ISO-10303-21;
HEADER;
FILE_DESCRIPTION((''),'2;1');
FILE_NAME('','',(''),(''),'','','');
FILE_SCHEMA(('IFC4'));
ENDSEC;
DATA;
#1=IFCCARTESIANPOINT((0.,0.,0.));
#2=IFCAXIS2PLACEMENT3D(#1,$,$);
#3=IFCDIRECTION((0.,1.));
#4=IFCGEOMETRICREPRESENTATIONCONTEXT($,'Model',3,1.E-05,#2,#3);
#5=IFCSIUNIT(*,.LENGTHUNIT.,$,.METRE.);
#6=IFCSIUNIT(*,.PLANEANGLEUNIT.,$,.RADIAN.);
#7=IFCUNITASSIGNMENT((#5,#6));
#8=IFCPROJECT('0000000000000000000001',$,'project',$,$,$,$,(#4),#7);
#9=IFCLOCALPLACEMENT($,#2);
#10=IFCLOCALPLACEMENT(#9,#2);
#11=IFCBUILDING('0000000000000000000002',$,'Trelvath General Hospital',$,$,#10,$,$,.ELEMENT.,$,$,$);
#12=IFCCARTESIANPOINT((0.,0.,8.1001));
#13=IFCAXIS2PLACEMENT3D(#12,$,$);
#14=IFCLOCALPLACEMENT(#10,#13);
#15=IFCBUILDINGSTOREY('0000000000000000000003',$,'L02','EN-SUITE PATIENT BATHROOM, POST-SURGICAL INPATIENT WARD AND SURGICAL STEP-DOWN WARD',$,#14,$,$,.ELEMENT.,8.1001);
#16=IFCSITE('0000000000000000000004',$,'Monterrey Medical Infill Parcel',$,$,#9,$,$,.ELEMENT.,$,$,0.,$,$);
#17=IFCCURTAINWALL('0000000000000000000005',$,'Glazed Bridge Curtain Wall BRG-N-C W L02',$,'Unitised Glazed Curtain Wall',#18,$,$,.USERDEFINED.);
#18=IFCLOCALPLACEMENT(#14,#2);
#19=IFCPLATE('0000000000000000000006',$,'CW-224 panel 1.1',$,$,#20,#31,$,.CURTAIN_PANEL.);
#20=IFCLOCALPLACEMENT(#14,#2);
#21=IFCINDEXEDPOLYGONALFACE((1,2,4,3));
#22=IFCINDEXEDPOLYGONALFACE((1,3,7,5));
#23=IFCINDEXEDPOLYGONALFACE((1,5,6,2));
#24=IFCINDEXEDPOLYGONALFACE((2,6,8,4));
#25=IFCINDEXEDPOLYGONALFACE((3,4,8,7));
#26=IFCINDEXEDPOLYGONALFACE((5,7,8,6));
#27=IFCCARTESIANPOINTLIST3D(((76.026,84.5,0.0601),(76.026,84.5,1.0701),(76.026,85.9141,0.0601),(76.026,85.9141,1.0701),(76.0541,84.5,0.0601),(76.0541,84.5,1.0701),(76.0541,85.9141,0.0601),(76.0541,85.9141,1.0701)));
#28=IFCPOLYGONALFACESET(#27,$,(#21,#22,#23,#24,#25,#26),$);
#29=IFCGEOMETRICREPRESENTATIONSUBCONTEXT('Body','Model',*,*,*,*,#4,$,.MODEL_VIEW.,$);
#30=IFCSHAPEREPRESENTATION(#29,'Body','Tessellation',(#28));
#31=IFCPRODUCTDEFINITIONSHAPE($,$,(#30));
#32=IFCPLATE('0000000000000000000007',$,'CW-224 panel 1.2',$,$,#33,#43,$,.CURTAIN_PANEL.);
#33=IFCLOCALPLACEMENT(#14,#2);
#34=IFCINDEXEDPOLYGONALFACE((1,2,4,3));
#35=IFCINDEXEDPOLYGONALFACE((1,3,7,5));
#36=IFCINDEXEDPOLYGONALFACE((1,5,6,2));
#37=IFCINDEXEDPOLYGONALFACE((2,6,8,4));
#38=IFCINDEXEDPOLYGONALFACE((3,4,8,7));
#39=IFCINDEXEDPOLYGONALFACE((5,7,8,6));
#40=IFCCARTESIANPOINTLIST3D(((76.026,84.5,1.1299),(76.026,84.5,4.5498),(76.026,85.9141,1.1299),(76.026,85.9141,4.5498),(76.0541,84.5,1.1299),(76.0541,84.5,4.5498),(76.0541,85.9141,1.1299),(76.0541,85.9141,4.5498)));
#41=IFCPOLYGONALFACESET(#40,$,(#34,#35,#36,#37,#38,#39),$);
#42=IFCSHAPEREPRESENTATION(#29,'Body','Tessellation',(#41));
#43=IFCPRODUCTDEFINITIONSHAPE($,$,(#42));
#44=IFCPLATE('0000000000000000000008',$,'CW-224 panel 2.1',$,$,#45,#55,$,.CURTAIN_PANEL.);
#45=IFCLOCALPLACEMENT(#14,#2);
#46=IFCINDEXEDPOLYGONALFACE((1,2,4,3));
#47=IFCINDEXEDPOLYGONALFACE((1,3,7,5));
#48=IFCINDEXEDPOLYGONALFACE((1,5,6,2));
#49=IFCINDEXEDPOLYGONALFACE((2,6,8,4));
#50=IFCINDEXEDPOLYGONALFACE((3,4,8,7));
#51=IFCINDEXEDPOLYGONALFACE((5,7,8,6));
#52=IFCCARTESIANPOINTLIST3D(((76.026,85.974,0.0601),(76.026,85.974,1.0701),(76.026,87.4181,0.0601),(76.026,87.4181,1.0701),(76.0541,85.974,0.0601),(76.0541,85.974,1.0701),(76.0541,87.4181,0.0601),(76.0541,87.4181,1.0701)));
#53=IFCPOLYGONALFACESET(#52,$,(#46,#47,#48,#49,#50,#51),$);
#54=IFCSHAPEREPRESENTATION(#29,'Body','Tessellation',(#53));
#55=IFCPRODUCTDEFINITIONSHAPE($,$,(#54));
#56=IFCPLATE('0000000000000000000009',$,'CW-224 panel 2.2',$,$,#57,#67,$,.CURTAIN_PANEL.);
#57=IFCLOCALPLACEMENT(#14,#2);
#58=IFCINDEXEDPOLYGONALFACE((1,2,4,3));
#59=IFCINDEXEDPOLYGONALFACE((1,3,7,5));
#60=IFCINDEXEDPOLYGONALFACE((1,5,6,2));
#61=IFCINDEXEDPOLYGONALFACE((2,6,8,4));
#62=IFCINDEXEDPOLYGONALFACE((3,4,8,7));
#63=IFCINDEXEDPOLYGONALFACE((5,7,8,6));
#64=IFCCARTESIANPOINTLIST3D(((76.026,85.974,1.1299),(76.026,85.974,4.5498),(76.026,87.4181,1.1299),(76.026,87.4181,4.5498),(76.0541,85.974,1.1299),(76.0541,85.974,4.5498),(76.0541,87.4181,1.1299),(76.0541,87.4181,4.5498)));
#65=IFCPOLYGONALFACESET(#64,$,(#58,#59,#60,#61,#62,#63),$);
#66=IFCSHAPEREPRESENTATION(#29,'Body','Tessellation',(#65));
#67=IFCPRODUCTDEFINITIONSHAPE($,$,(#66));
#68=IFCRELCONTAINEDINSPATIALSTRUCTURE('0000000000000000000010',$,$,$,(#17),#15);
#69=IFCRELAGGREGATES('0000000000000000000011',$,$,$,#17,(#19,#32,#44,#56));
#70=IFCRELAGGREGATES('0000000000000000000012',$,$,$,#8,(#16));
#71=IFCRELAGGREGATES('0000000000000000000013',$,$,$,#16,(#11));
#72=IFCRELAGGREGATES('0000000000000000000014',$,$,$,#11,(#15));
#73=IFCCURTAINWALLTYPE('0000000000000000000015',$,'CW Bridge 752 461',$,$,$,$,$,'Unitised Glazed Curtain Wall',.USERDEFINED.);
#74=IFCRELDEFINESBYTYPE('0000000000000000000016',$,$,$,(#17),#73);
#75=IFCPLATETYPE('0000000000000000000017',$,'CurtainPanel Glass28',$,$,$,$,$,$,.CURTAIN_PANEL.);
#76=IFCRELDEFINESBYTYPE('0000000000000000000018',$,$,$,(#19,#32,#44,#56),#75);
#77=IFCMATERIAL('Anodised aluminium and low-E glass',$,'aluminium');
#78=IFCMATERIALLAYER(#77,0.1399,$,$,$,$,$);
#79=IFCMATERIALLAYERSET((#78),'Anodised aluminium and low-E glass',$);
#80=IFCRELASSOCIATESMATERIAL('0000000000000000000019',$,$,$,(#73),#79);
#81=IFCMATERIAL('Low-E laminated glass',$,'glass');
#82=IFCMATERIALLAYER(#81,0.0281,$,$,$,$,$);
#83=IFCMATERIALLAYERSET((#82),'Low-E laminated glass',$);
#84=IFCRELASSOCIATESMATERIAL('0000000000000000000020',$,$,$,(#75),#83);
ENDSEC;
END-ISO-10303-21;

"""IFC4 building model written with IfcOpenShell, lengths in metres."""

from ifc_helpers import new_model, si_unit, direction, frame, origin, origin_2d, place, context, subcontext, project, spatial, rectangle, extrude, material, layer, layer_set, type_object, element, aggregate, save


model = new_model("IFC4")

# Units and contexts
model_context = context("Model", 3, precision=1e-05, world=origin(), true_north=direction((0.0, 1.0)))
body_context = subcontext(model_context, "Body", "Model", "MODEL_VIEW")
ifc_project = project(units=[si_unit("LENGTHUNIT", "METRE"), si_unit("PLANEANGLEUNIT", "RADIAN")], contexts=[model_context])

# Site, building, storey
site_placement = place(None, origin())
site = spatial("IfcSite", under=ifc_project, at=site_placement, Name="Monterrey Medical Infill Parcel", CompositionType="ELEMENT", RefElevation=0.0)
building_placement = place(site_placement, origin())
building = spatial("IfcBuilding", under=site, at=building_placement, Name="Trelvath General Hospital", CompositionType="ELEMENT")
storey_placement = place(building_placement, frame((0.0, 0.0, 8.1001)))
storey = spatial("IfcBuildingStorey", under=building, at=storey_placement, Name="L02", Description="EN-SUITE PATIENT BATHROOM, POST-SURGICAL INPATIENT WARD AND SURGICAL STEP-DOWN WARD", CompositionType="ELEMENT", Elevation=8.1001)

# Shared definitions
ifc_material_1 = material(Name="Anodised aluminium and low-E glass", Category="aluminium")
ifc_layer_1 = layer(ifc_material_1, 0.1399)
ifc_layer_set_1 = layer_set([ifc_layer_1], Name="Anodised aluminium and low-E glass")
curtain_wall_type = type_object("IfcCurtainWallType", Name="CW Bridge 752 461", ElementType="Unitised Glazed Curtain Wall", PredefinedType="USERDEFINED", material=ifc_layer_set_1)

# Curtain wall
curtain_wall_1_placement = place(storey_placement, origin())
curtain_wall_1 = element("IfcCurtainWall", 1, at=curtain_wall_1_placement, inside=storey, type_object=curtain_wall_type, Name="Glazed Bridge Curtain Wall BRG-N-C W L02", ObjectType="Unitised Glazed Curtain Wall", PredefinedType="USERDEFINED")

# Plates
ifc_material_2 = material(Name="Low-E laminated glass", Category="glass")
ifc_layer_2 = layer(ifc_material_2, 0.0281)
ifc_layer_set_2 = layer_set([ifc_layer_2], Name="Low-E laminated glass")
plate_type = type_object("IfcPlateType", Name="CurtainPanel Glass28", PredefinedType="CURTAIN_PANEL", material=ifc_layer_set_2)
plate_1_placement = place(storey_placement, frame((76.04, 85.207, 0.0601), z_axis=(0.0, 0.0, 1.0), x_axis=(0.0, 1.0, 0.0)))
plate_1 = element("IfcPlate", 2, at=plate_1_placement, type_object=plate_type, Name="CW-224 panel 1.1", PredefinedType="CURTAIN_PANEL", context=body_context, shape_type="SweptSolid", body=[
    extrude(rectangle(XDim=1.4141, YDim=0.0281, at=origin_2d()), origin(), (0.0, 0.0, 1.0), 1.01),
])
plate_2_placement = place(storey_placement, frame((76.04, 85.207, 1.1299), z_axis=(0.0, 0.0, 1.0), x_axis=(0.0, 1.0, 0.0)))
plate_2 = element("IfcPlate", 3, at=plate_2_placement, type_object=plate_type, Name="CW-224 panel 1.2", PredefinedType="CURTAIN_PANEL", context=body_context, shape_type="SweptSolid", body=[
    extrude(rectangle(XDim=1.4141, YDim=0.0281, at=origin_2d()), origin(), (0.0, 0.0, 1.0), 3.4199),
])
plate_3_placement = place(storey_placement, frame((76.04, 86.696, 0.0601), z_axis=(0.0, 0.0, 1.0), x_axis=(0.0, 1.0, 0.0)))
plate_3 = element("IfcPlate", 4, at=plate_3_placement, type_object=plate_type, Name="CW-224 panel 2.1", PredefinedType="CURTAIN_PANEL", context=body_context, shape_type="SweptSolid", body=[
    extrude(rectangle(XDim=1.4441, YDim=0.0281, at=origin_2d()), origin(), (0.0, 0.0, 1.0), 1.01),
])
plate_4_placement = place(storey_placement, frame((76.04, 86.696, 1.1299), z_axis=(0.0, 0.0, 1.0), x_axis=(0.0, 1.0, 0.0)))
plate_4 = element("IfcPlate", 5, at=plate_4_placement, type_object=plate_type, Name="CW-224 panel 2.2", PredefinedType="CURTAIN_PANEL", context=body_context, shape_type="SweptSolid", body=[
    extrude(rectangle(XDim=1.4441, YDim=0.0281, at=origin_2d()), origin(), (0.0, 0.0, 1.0), 3.4199),
])
aggregate(curtain_wall_1, [plate_1, plate_2, plate_3, plate_4])

save(model, "model.ifc")
